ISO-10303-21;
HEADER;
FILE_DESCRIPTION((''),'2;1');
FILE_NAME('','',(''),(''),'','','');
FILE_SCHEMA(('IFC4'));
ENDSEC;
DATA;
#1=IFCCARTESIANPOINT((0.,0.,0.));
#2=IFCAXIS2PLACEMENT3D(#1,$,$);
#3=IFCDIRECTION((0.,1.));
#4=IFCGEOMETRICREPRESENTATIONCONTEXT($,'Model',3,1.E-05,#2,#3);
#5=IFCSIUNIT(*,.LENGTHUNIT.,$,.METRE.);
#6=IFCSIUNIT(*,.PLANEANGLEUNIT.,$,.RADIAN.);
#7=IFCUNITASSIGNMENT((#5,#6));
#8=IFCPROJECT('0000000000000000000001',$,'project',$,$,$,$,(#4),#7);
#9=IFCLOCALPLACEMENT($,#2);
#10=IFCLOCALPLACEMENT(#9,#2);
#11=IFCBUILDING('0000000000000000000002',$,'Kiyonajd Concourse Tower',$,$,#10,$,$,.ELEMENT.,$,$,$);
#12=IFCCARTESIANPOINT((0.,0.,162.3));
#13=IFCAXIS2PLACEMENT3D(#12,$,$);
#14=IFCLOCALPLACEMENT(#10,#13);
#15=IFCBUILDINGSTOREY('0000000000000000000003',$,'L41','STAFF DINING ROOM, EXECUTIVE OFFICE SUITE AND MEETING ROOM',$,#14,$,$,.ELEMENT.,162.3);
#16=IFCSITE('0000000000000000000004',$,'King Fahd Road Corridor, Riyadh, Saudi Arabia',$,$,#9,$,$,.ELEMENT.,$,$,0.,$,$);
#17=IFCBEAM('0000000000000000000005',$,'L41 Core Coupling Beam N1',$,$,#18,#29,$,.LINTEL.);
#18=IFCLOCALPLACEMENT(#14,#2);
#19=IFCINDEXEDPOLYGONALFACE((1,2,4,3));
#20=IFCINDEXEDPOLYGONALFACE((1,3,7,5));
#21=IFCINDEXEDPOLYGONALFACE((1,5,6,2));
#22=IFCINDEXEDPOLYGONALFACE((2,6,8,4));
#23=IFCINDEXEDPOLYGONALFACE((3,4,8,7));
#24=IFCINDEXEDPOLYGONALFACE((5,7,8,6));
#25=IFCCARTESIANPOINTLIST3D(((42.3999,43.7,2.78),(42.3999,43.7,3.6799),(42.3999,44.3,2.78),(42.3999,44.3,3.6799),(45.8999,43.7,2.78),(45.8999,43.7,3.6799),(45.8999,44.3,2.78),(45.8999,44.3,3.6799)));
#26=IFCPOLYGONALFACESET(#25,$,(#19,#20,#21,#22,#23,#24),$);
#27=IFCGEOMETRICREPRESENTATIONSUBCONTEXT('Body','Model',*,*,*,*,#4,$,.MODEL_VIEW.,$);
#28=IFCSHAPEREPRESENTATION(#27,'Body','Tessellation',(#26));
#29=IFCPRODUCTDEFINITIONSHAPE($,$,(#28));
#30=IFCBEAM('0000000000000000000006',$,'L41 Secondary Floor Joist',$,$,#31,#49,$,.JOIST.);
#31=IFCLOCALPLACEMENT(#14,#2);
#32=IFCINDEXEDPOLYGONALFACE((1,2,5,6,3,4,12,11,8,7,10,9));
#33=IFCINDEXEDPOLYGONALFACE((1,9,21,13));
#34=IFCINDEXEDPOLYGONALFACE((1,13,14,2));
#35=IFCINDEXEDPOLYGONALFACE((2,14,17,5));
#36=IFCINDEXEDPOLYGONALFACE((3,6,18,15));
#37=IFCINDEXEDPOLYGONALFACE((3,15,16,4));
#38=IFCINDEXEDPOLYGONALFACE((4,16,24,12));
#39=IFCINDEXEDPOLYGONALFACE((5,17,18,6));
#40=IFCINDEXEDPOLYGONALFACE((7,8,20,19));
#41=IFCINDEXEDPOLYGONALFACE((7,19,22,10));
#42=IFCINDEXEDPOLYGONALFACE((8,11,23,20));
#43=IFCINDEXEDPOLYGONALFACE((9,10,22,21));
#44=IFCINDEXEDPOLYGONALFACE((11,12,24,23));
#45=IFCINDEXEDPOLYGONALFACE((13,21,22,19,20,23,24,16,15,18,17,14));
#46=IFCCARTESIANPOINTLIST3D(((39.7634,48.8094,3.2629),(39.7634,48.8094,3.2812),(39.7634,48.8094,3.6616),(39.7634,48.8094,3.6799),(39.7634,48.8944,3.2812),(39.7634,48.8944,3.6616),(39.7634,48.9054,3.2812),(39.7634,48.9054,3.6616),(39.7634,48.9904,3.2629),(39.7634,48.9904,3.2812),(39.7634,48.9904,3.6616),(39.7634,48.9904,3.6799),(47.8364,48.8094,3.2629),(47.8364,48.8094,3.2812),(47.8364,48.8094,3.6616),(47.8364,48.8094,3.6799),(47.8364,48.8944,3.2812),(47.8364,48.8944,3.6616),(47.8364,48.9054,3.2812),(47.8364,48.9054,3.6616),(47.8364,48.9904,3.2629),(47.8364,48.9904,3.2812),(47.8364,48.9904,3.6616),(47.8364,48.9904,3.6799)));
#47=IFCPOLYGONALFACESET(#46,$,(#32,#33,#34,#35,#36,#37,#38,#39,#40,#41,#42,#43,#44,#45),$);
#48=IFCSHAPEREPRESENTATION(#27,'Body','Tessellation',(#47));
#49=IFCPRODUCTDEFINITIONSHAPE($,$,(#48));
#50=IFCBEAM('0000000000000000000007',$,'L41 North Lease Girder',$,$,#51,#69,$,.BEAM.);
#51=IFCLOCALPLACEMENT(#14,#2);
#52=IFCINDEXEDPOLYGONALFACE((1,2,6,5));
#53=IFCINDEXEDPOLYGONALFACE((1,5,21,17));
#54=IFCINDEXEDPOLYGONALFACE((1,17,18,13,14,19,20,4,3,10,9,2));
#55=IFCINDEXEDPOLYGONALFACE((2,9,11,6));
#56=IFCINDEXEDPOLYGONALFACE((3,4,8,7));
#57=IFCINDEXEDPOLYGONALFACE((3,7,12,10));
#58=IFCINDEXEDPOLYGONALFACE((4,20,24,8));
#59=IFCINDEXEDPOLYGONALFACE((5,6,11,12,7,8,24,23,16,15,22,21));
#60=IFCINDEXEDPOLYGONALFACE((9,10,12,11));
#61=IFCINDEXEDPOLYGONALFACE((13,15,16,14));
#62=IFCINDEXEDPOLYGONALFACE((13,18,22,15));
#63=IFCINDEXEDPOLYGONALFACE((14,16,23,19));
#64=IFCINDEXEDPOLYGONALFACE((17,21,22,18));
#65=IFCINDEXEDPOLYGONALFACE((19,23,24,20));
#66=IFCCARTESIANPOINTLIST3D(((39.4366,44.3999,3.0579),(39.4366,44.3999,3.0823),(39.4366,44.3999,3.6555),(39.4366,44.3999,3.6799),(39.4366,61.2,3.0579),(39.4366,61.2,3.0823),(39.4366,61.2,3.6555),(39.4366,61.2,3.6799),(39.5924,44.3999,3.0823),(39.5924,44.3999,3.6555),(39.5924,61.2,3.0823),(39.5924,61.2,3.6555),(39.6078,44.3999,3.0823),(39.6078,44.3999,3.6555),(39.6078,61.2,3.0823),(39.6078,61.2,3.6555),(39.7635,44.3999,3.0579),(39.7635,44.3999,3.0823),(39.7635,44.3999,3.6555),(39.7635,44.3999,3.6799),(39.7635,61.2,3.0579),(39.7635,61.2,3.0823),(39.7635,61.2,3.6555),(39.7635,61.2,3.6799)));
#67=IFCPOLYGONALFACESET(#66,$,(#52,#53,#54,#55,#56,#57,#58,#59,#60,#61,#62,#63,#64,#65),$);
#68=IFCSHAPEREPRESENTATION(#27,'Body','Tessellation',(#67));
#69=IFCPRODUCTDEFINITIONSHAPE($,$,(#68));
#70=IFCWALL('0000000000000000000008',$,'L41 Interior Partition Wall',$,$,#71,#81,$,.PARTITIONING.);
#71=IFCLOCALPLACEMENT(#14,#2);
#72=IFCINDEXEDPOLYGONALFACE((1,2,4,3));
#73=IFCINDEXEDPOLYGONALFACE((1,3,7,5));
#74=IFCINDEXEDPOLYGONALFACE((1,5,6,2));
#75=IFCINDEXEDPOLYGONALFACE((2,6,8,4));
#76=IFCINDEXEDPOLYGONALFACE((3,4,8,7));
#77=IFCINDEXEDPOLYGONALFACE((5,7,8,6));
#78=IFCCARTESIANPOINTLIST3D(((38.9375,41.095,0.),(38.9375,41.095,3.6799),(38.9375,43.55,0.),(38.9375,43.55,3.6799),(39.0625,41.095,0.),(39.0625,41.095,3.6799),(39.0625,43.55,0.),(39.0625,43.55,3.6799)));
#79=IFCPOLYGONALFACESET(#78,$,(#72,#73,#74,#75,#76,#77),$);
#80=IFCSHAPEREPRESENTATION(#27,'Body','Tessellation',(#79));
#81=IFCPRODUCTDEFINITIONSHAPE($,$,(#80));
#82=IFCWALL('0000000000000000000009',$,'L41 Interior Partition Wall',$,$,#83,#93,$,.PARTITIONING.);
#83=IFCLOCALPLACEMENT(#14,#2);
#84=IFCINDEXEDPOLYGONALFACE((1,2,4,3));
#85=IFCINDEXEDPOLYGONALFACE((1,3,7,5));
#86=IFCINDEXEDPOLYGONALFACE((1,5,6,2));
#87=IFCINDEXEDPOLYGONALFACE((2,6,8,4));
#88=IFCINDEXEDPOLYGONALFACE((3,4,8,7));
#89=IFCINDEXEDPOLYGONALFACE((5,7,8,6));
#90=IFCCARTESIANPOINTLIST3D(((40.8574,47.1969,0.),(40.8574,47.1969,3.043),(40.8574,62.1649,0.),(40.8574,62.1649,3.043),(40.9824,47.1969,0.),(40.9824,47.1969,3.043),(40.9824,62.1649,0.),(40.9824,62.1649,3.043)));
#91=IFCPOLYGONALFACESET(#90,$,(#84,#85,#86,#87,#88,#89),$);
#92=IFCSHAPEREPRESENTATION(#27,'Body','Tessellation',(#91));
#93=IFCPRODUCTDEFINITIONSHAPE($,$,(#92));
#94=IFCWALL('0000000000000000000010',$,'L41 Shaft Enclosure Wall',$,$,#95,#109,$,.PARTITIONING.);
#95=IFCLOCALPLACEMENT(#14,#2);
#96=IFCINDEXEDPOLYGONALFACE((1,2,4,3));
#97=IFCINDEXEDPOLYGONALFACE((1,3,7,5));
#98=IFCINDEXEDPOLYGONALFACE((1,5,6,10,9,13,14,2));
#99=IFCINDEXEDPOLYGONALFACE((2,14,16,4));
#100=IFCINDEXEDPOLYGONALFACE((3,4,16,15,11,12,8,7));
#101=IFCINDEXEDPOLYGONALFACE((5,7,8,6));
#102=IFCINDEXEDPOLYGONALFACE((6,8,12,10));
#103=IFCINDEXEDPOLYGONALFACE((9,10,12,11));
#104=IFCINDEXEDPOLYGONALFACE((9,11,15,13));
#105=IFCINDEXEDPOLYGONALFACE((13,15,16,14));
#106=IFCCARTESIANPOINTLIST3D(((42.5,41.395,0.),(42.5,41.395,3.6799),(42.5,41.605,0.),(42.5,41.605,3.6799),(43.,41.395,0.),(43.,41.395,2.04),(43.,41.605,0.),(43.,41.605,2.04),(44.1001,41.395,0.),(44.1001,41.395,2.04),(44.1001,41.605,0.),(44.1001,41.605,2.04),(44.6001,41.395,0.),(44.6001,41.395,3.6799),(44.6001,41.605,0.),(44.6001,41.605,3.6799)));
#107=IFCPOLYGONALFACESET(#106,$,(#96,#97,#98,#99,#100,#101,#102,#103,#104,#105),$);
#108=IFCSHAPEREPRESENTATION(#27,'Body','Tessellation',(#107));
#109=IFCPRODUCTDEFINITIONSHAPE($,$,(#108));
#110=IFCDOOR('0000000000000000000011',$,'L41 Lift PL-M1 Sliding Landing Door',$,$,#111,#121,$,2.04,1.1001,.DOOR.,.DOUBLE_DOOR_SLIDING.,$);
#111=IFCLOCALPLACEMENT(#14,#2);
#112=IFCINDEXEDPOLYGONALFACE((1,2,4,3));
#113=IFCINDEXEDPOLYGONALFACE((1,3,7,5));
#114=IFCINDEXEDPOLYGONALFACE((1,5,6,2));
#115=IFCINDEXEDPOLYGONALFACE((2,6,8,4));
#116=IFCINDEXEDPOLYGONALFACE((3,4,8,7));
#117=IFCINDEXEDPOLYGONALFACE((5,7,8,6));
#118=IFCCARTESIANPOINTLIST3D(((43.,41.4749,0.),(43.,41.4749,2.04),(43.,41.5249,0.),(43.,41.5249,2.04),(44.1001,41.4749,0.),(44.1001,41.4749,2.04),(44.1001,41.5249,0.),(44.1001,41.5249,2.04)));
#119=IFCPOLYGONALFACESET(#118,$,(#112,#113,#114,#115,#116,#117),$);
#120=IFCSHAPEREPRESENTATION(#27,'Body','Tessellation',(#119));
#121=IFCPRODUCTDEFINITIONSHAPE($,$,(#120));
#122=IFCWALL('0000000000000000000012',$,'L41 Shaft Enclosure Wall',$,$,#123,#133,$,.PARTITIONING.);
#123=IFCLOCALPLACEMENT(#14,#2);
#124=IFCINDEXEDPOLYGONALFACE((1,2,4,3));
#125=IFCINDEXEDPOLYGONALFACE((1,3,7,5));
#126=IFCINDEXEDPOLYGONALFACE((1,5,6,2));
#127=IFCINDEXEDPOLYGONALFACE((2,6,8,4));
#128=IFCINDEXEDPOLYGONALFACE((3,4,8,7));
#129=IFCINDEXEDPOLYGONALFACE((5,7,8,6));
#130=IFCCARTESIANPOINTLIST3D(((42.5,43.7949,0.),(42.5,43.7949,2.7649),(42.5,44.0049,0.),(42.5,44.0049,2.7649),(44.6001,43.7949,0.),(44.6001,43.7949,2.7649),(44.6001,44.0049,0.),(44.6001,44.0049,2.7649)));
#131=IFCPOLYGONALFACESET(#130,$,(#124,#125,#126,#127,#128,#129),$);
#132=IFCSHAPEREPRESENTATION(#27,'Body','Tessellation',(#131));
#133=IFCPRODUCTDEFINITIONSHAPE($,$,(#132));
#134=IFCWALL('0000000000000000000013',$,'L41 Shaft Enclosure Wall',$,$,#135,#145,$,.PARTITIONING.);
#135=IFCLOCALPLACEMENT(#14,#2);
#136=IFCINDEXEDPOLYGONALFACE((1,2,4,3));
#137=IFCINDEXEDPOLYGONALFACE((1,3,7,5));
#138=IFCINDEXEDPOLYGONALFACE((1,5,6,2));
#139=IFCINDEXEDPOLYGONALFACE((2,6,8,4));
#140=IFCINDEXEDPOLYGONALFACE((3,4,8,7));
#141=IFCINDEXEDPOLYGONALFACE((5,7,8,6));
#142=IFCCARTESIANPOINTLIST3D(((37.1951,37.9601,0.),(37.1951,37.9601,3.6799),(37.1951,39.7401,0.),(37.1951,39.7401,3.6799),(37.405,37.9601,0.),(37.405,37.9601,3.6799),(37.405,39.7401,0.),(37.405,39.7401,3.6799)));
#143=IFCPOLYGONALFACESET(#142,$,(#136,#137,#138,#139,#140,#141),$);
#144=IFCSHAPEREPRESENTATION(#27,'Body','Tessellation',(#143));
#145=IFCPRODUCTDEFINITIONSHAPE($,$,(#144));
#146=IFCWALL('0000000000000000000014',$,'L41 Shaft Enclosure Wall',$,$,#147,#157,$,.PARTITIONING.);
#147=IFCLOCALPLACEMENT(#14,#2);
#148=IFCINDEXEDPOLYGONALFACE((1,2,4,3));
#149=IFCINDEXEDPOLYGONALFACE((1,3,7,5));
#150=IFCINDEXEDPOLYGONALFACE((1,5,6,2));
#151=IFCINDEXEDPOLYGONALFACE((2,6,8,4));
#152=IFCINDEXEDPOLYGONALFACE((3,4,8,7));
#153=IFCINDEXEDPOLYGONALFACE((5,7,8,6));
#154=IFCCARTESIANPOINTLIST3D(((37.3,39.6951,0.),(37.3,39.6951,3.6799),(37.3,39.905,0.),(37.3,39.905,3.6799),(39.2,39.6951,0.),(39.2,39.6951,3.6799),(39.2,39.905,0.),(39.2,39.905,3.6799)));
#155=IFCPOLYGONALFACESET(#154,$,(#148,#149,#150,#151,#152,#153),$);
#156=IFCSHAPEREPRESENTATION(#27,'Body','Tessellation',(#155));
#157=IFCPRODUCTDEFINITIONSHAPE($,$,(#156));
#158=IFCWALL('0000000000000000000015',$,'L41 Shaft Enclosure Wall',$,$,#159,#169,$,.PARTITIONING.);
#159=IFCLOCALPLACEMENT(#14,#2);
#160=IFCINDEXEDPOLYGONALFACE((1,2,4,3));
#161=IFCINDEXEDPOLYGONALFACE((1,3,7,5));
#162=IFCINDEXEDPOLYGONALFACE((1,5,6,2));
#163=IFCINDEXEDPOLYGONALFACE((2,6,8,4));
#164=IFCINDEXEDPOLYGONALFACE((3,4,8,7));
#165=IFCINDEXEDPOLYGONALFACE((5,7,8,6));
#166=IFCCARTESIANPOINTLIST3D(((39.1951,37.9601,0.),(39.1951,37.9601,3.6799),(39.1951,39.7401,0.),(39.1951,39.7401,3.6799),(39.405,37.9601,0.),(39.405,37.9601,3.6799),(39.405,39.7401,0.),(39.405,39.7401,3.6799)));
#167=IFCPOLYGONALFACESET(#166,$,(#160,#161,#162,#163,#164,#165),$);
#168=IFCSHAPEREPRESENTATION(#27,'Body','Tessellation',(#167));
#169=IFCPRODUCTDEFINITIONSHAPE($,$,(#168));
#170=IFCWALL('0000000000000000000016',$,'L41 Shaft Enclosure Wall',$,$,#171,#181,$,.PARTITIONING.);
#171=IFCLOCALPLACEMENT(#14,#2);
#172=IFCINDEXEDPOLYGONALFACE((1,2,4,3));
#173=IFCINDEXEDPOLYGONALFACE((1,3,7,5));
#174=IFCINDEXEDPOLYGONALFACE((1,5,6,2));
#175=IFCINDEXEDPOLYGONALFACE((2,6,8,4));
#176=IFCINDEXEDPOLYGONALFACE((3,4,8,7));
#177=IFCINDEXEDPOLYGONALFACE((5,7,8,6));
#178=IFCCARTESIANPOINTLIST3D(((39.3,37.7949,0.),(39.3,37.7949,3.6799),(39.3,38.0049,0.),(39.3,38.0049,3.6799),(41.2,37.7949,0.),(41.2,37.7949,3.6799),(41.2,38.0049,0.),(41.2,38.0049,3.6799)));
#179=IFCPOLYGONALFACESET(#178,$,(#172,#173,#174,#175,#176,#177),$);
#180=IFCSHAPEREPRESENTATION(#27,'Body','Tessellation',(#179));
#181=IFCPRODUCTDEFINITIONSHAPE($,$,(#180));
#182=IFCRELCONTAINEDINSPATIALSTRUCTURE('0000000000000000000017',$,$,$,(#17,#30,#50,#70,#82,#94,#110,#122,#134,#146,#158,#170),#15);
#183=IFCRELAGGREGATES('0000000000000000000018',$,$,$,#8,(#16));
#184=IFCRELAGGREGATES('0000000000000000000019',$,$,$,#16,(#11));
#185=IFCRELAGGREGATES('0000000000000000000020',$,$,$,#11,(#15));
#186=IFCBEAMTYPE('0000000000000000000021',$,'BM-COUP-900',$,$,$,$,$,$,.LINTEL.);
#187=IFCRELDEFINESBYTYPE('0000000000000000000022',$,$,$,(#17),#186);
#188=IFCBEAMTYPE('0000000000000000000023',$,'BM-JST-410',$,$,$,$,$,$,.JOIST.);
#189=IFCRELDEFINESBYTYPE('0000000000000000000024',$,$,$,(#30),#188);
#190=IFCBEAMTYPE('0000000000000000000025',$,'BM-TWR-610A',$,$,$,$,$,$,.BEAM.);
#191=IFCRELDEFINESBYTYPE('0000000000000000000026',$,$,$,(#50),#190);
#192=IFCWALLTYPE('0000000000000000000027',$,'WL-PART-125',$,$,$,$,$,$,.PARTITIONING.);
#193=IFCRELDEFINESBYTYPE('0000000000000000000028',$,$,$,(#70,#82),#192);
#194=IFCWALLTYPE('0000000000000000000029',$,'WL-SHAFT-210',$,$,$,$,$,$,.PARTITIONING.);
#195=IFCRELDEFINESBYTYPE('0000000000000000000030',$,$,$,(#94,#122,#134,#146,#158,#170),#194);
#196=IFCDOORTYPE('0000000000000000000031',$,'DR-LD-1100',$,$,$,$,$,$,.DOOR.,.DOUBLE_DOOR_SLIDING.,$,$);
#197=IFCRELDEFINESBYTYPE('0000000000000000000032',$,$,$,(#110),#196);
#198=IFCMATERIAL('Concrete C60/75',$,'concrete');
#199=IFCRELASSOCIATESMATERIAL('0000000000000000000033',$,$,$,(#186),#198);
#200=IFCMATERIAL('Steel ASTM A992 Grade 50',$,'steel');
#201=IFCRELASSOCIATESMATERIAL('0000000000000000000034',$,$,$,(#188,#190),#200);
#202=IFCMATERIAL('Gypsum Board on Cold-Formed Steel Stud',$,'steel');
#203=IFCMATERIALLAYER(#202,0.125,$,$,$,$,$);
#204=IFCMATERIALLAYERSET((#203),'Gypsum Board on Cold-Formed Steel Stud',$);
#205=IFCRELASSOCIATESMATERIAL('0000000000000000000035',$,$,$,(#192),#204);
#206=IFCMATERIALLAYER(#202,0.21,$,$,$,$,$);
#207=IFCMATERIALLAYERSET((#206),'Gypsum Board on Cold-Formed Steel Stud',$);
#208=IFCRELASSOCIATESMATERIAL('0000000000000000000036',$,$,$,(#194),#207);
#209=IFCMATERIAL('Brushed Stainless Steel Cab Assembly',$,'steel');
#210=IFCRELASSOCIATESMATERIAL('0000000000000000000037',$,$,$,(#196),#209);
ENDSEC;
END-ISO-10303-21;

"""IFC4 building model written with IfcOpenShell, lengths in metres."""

from ifc_helpers import new_model, si_unit, direction, frame, frame_2d, origin, origin_2d, place, context, subcontext, project, spatial, rectangle, i_section, extrude, material, layer, layer_set, material_profile, profile_set, type_object, element, fill, save


model = new_model("IFC4")

# Units and contexts
model_context = context("Model", 3, precision=1e-05, world=origin(), true_north=direction((0.0, 1.0)))
body_context = subcontext(model_context, "Body", "Model", "MODEL_VIEW")
ifc_project = project(units=[si_unit("LENGTHUNIT", "METRE"), si_unit("PLANEANGLEUNIT", "RADIAN")], contexts=[model_context])

# Site, building, storey
site_placement = place(None, origin())
site = spatial("IfcSite", under=ifc_project, at=site_placement, Name="King Fahd Road Corridor, Riyadh, Saudi Arabia", CompositionType="ELEMENT", RefElevation=0.0)
building_placement = place(site_placement, origin())
building = spatial("IfcBuilding", under=site, at=building_placement, Name="Kiyonajd Concourse Tower", CompositionType="ELEMENT")
storey_placement = place(building_placement, frame((0.0, 0.0, 162.3)))
storey = spatial("IfcBuildingStorey", under=building, at=storey_placement, Name="L41", Description="STAFF DINING ROOM, EXECUTIVE OFFICE SUITE AND MEETING ROOM", CompositionType="ELEMENT", Elevation=162.3)

# Beams
ifc_material_1 = material(Name="Concrete C60/75", Category="concrete")
ifc_material_profile_1 = material_profile(ifc_material_1, rectangle(XDim=0.6001, YDim=0.8999, at=origin_2d()), Name="RCBM-600x900")
ifc_profile_set_1 = profile_set([ifc_material_profile_1], Name="Concrete C60/75")
beam_type_1 = type_object("IfcBeamType", Name="BM-COUP-900", PredefinedType="LINTEL", material=ifc_profile_set_1)
beam_1_placement = place(storey_placement, frame((42.3999, 44.0, 3.23), z_axis=(1.0, 0.0, 0.0), x_axis=(0.0, 1.0, 0.0)))
element("IfcBeam", 1, at=beam_1_placement, inside=storey, type_object=beam_type_1, Name="L41 Core Coupling Beam N1", PredefinedType="LINTEL", context=body_context, shape_type="SweptSolid", body=[
    extrude(rectangle(XDim=0.6001, YDim=0.8999, at=origin_2d()), origin(), (0.0, 0.0, 1.0), 3.5),
])
ifc_material_2 = material(Name="Steel ASTM A992 Grade 50", Category="steel")
ifc_material_profile_2 = material_profile(ifc_material_2, i_section(OverallWidth=0.1809, OverallDepth=0.417, WebThickness=0.011, FlangeThickness=0.0183, at=origin_2d()), Name="W410X85")
ifc_profile_set_2 = profile_set([ifc_material_profile_2], Name="Steel ASTM A992 Grade 50")
beam_type_2 = type_object("IfcBeamType", Name="BM-JST-410", PredefinedType="JOIST", material=ifc_profile_set_2)
beam_2_placement = place(storey_placement, frame((39.7634, 48.8999, 3.4714), z_axis=(1.0, 0.0, 0.0), x_axis=(0.0, 1.0, 0.0)))
element("IfcBeam", 2, at=beam_2_placement, inside=storey, type_object=beam_type_2, Name="L41 Secondary Floor Joist", PredefinedType="JOIST", context=body_context, shape_type="SweptSolid", body=[
    extrude(i_section(OverallWidth=0.1809, OverallDepth=0.417, WebThickness=0.011, FlangeThickness=0.0183, at=origin_2d()), origin(), (0.0, 0.0, 1.0), 8.073),
])
ifc_material_profile_3 = material_profile(ifc_material_2, i_section(OverallWidth=0.3269, OverallDepth=0.6221, WebThickness=0.0154, FlangeThickness=0.0244, at=origin_2d()), Name="W610X195")
ifc_profile_set_3 = profile_set([ifc_material_profile_3], Name="Steel ASTM A992 Grade 50")
beam_type_3 = type_object("IfcBeamType", Name="BM-TWR-610A", PredefinedType="BEAM", material=ifc_profile_set_3)
beam_3_placement = place(storey_placement, frame((39.6001, 44.3999, 3.3689), z_axis=(0.0, 1.0, 0.0), x_axis=(-1.0, 0.0, 0.0)))
element("IfcBeam", 3, at=beam_3_placement, inside=storey, type_object=beam_type_3, Name="L41 North Lease Girder", PredefinedType="BEAM", context=body_context, shape_type="SweptSolid", body=[
    extrude(i_section(OverallWidth=0.3269, OverallDepth=0.6221, WebThickness=0.0154, FlangeThickness=0.0244, at=origin_2d()), origin(), (0.0, 0.0, 1.0), 16.8),
])

# Walls
ifc_material_3 = material(Name="Gypsum Board on Cold-Formed Steel Stud", Category="steel")
ifc_layer_1 = layer(ifc_material_3, 0.125)
ifc_layer_set_1 = layer_set([ifc_layer_1], Name="Gypsum Board on Cold-Formed Steel Stud")
wall_type_1 = type_object("IfcWallType", Name="WL-PART-125", PredefinedType="PARTITIONING", material=ifc_layer_set_1)
wall_1_placement = place(storey_placement, frame((39.0, 41.095, 0.0), z_axis=(0.0, 0.0, 1.0), x_axis=(0.0, 1.0, 0.0)))
element("IfcWall", 4, at=wall_1_placement, inside=storey, type_object=wall_type_1, Name="L41 Interior Partition Wall", PredefinedType="PARTITIONING", context=body_context, shape_type="SweptSolid", body=[
    extrude(rectangle(XDim=2.4551, YDim=0.125, at=frame_2d((1.2275, 0.0))), origin(), (0.0, 0.0, 1.0), 3.6799),
])
wall_2_placement = place(storey_placement, frame((40.9199, 47.197, 0.0), z_axis=(0.0, 0.0, 1.0), x_axis=(0.0, 1.0, 0.0)))
element("IfcWall", 5, at=wall_2_placement, inside=storey, type_object=wall_type_1, Name="L41 Interior Partition Wall", PredefinedType="PARTITIONING", context=body_context, shape_type="SweptSolid", body=[
    extrude(rectangle(XDim=14.968, YDim=0.125, at=frame_2d((7.4839, 0.0))), origin(), (0.0, 0.0, 1.0), 3.043),
])

# Wall, opening, door
ifc_layer_2 = layer(ifc_material_3, 0.21)
ifc_layer_set_2 = layer_set([ifc_layer_2], Name="Gypsum Board on Cold-Formed Steel Stud")
wall_type_2 = type_object("IfcWallType", Name="WL-SHAFT-210", PredefinedType="PARTITIONING", material=ifc_layer_set_2)
wall_3_placement = place(storey_placement, frame((42.5, 41.5, 0.0), z_axis=(0.0, 0.0, 1.0), x_axis=(1.0, 0.0, 0.0)))
wall_3 = element("IfcWall", 6, at=wall_3_placement, inside=storey, type_object=wall_type_2, Name="L41 Shaft Enclosure Wall", PredefinedType="PARTITIONING", context=body_context, shape_type="SweptSolid", body=[
    extrude(rectangle(XDim=2.1001, YDim=0.21, at=frame_2d((1.05, 0.0))), origin(), (0.0, 0.0, 1.0), 3.6799),
])
opening_placement = place(wall_3_placement, frame((0.5, 0.0, 0.0)))
opening = element("IfcOpeningElement", 7, at=opening_placement, cuts=wall_3, PredefinedType="OPENING", context=body_context, shape_type="SweptSolid", body=[
    extrude(rectangle(XDim=1.1001, YDim=2.04, at=frame_2d((0.55, 1.02))), frame((0.0, 0.115, 0.0), z_axis=(0.0, -1.0, 0.0), x_axis=(1.0, 0.0, 0.0)), (0.0, 0.0, 1.0), 0.23),
])
ifc_material_4 = material(Name="Brushed Stainless Steel Cab Assembly", Category="steel")
door_type = type_object("IfcDoorType", Name="DR-LD-1100", OperationType="DOUBLE_DOOR_SLIDING", PredefinedType="DOOR", material=ifc_material_4)
door_placement = place(opening_placement, origin())
door = element("IfcDoor", 8, at=door_placement, inside=storey, type_object=door_type, Name="L41 Lift PL-M1 Sliding Landing Door", OperationType="DOUBLE_DOOR_SLIDING", OverallHeight=2.04, OverallWidth=1.1001, PredefinedType="DOOR", context=body_context, shape_type="SweptSolid", body=[
    extrude(rectangle(XDim=1.1001, YDim=2.04, at=frame_2d((0.55, 1.02))), frame((0.0, 0.0249, 0.0), z_axis=(0.0, -1.0, 0.0), x_axis=(1.0, 0.0, 0.0)), (0.0, 0.0, 1.0), 0.05),
])
fill(opening, door)

# Walls
wall_4_placement = place(storey_placement, frame((42.5, 43.8999, 0.0), z_axis=(0.0, 0.0, 1.0), x_axis=(1.0, 0.0, 0.0)))
element("IfcWall", 9, at=wall_4_placement, inside=storey, type_object=wall_type_2, Name="L41 Shaft Enclosure Wall", PredefinedType="PARTITIONING", context=body_context, shape_type="SweptSolid", body=[
    extrude(rectangle(XDim=2.1001, YDim=0.21, at=frame_2d((1.05, 0.0))), origin(), (0.0, 0.0, 1.0), 2.7649),
])
wall_5_placement = place(storey_placement, frame((37.3, 37.96, 0.0), z_axis=(0.0, 0.0, 1.0), x_axis=(0.0, 1.0, 0.0)))
element("IfcWall", 10, at=wall_5_placement, inside=storey, type_object=wall_type_2, Name="L41 Shaft Enclosure Wall", PredefinedType="PARTITIONING", context=body_context, shape_type="SweptSolid", body=[
    extrude(rectangle(XDim=1.78, YDim=0.21, at=frame_2d((0.8901, 0.0))), origin(), (0.0, 0.0, 1.0), 3.6799),
])
wall_6_placement = place(storey_placement, frame((37.3, 39.8, 0.0), z_axis=(0.0, 0.0, 1.0), x_axis=(1.0, 0.0, 0.0)))
element("IfcWall", 11, at=wall_6_placement, inside=storey, type_object=wall_type_2, Name="L41 Shaft Enclosure Wall", PredefinedType="PARTITIONING", context=body_context, shape_type="SweptSolid", body=[
    extrude(rectangle(XDim=1.8999, YDim=0.21, at=frame_2d((0.95, 0.0))), origin(), (0.0, 0.0, 1.0), 3.6799),
])
wall_7_placement = place(storey_placement, frame((39.3, 37.96, 0.0), z_axis=(0.0, 0.0, 1.0), x_axis=(0.0, 1.0, 0.0)))
element("IfcWall", 12, at=wall_7_placement, inside=storey, type_object=wall_type_2, Name="L41 Shaft Enclosure Wall", PredefinedType="PARTITIONING", context=body_context, shape_type="SweptSolid", body=[
    extrude(rectangle(XDim=1.78, YDim=0.21, at=frame_2d((0.8901, 0.0))), origin(), (0.0, 0.0, 1.0), 3.6799),
])
for number, where, z_axis, x_axis, name in (
    (13, (39.3, 37.8999, 0.0), (0.0, 0.0, 1.0), (1.0, 0.0, 0.0), "L41 Shaft Enclosure Wall"),
):
    element("IfcWall", number, at=place(storey_placement, frame(where, z_axis=z_axis, x_axis=x_axis)), inside=storey, type_object=wall_type_2, Name=name, PredefinedType="PARTITIONING", context=body_context, shape_type="SweptSolid", body=[
        extrude(rectangle(XDim=1.8999, YDim=0.21, at=frame_2d((0.95, 0.0))), origin(), (0.0, 0.0, 1.0), 3.6799),
    ])

save(model, "model.ifc")
